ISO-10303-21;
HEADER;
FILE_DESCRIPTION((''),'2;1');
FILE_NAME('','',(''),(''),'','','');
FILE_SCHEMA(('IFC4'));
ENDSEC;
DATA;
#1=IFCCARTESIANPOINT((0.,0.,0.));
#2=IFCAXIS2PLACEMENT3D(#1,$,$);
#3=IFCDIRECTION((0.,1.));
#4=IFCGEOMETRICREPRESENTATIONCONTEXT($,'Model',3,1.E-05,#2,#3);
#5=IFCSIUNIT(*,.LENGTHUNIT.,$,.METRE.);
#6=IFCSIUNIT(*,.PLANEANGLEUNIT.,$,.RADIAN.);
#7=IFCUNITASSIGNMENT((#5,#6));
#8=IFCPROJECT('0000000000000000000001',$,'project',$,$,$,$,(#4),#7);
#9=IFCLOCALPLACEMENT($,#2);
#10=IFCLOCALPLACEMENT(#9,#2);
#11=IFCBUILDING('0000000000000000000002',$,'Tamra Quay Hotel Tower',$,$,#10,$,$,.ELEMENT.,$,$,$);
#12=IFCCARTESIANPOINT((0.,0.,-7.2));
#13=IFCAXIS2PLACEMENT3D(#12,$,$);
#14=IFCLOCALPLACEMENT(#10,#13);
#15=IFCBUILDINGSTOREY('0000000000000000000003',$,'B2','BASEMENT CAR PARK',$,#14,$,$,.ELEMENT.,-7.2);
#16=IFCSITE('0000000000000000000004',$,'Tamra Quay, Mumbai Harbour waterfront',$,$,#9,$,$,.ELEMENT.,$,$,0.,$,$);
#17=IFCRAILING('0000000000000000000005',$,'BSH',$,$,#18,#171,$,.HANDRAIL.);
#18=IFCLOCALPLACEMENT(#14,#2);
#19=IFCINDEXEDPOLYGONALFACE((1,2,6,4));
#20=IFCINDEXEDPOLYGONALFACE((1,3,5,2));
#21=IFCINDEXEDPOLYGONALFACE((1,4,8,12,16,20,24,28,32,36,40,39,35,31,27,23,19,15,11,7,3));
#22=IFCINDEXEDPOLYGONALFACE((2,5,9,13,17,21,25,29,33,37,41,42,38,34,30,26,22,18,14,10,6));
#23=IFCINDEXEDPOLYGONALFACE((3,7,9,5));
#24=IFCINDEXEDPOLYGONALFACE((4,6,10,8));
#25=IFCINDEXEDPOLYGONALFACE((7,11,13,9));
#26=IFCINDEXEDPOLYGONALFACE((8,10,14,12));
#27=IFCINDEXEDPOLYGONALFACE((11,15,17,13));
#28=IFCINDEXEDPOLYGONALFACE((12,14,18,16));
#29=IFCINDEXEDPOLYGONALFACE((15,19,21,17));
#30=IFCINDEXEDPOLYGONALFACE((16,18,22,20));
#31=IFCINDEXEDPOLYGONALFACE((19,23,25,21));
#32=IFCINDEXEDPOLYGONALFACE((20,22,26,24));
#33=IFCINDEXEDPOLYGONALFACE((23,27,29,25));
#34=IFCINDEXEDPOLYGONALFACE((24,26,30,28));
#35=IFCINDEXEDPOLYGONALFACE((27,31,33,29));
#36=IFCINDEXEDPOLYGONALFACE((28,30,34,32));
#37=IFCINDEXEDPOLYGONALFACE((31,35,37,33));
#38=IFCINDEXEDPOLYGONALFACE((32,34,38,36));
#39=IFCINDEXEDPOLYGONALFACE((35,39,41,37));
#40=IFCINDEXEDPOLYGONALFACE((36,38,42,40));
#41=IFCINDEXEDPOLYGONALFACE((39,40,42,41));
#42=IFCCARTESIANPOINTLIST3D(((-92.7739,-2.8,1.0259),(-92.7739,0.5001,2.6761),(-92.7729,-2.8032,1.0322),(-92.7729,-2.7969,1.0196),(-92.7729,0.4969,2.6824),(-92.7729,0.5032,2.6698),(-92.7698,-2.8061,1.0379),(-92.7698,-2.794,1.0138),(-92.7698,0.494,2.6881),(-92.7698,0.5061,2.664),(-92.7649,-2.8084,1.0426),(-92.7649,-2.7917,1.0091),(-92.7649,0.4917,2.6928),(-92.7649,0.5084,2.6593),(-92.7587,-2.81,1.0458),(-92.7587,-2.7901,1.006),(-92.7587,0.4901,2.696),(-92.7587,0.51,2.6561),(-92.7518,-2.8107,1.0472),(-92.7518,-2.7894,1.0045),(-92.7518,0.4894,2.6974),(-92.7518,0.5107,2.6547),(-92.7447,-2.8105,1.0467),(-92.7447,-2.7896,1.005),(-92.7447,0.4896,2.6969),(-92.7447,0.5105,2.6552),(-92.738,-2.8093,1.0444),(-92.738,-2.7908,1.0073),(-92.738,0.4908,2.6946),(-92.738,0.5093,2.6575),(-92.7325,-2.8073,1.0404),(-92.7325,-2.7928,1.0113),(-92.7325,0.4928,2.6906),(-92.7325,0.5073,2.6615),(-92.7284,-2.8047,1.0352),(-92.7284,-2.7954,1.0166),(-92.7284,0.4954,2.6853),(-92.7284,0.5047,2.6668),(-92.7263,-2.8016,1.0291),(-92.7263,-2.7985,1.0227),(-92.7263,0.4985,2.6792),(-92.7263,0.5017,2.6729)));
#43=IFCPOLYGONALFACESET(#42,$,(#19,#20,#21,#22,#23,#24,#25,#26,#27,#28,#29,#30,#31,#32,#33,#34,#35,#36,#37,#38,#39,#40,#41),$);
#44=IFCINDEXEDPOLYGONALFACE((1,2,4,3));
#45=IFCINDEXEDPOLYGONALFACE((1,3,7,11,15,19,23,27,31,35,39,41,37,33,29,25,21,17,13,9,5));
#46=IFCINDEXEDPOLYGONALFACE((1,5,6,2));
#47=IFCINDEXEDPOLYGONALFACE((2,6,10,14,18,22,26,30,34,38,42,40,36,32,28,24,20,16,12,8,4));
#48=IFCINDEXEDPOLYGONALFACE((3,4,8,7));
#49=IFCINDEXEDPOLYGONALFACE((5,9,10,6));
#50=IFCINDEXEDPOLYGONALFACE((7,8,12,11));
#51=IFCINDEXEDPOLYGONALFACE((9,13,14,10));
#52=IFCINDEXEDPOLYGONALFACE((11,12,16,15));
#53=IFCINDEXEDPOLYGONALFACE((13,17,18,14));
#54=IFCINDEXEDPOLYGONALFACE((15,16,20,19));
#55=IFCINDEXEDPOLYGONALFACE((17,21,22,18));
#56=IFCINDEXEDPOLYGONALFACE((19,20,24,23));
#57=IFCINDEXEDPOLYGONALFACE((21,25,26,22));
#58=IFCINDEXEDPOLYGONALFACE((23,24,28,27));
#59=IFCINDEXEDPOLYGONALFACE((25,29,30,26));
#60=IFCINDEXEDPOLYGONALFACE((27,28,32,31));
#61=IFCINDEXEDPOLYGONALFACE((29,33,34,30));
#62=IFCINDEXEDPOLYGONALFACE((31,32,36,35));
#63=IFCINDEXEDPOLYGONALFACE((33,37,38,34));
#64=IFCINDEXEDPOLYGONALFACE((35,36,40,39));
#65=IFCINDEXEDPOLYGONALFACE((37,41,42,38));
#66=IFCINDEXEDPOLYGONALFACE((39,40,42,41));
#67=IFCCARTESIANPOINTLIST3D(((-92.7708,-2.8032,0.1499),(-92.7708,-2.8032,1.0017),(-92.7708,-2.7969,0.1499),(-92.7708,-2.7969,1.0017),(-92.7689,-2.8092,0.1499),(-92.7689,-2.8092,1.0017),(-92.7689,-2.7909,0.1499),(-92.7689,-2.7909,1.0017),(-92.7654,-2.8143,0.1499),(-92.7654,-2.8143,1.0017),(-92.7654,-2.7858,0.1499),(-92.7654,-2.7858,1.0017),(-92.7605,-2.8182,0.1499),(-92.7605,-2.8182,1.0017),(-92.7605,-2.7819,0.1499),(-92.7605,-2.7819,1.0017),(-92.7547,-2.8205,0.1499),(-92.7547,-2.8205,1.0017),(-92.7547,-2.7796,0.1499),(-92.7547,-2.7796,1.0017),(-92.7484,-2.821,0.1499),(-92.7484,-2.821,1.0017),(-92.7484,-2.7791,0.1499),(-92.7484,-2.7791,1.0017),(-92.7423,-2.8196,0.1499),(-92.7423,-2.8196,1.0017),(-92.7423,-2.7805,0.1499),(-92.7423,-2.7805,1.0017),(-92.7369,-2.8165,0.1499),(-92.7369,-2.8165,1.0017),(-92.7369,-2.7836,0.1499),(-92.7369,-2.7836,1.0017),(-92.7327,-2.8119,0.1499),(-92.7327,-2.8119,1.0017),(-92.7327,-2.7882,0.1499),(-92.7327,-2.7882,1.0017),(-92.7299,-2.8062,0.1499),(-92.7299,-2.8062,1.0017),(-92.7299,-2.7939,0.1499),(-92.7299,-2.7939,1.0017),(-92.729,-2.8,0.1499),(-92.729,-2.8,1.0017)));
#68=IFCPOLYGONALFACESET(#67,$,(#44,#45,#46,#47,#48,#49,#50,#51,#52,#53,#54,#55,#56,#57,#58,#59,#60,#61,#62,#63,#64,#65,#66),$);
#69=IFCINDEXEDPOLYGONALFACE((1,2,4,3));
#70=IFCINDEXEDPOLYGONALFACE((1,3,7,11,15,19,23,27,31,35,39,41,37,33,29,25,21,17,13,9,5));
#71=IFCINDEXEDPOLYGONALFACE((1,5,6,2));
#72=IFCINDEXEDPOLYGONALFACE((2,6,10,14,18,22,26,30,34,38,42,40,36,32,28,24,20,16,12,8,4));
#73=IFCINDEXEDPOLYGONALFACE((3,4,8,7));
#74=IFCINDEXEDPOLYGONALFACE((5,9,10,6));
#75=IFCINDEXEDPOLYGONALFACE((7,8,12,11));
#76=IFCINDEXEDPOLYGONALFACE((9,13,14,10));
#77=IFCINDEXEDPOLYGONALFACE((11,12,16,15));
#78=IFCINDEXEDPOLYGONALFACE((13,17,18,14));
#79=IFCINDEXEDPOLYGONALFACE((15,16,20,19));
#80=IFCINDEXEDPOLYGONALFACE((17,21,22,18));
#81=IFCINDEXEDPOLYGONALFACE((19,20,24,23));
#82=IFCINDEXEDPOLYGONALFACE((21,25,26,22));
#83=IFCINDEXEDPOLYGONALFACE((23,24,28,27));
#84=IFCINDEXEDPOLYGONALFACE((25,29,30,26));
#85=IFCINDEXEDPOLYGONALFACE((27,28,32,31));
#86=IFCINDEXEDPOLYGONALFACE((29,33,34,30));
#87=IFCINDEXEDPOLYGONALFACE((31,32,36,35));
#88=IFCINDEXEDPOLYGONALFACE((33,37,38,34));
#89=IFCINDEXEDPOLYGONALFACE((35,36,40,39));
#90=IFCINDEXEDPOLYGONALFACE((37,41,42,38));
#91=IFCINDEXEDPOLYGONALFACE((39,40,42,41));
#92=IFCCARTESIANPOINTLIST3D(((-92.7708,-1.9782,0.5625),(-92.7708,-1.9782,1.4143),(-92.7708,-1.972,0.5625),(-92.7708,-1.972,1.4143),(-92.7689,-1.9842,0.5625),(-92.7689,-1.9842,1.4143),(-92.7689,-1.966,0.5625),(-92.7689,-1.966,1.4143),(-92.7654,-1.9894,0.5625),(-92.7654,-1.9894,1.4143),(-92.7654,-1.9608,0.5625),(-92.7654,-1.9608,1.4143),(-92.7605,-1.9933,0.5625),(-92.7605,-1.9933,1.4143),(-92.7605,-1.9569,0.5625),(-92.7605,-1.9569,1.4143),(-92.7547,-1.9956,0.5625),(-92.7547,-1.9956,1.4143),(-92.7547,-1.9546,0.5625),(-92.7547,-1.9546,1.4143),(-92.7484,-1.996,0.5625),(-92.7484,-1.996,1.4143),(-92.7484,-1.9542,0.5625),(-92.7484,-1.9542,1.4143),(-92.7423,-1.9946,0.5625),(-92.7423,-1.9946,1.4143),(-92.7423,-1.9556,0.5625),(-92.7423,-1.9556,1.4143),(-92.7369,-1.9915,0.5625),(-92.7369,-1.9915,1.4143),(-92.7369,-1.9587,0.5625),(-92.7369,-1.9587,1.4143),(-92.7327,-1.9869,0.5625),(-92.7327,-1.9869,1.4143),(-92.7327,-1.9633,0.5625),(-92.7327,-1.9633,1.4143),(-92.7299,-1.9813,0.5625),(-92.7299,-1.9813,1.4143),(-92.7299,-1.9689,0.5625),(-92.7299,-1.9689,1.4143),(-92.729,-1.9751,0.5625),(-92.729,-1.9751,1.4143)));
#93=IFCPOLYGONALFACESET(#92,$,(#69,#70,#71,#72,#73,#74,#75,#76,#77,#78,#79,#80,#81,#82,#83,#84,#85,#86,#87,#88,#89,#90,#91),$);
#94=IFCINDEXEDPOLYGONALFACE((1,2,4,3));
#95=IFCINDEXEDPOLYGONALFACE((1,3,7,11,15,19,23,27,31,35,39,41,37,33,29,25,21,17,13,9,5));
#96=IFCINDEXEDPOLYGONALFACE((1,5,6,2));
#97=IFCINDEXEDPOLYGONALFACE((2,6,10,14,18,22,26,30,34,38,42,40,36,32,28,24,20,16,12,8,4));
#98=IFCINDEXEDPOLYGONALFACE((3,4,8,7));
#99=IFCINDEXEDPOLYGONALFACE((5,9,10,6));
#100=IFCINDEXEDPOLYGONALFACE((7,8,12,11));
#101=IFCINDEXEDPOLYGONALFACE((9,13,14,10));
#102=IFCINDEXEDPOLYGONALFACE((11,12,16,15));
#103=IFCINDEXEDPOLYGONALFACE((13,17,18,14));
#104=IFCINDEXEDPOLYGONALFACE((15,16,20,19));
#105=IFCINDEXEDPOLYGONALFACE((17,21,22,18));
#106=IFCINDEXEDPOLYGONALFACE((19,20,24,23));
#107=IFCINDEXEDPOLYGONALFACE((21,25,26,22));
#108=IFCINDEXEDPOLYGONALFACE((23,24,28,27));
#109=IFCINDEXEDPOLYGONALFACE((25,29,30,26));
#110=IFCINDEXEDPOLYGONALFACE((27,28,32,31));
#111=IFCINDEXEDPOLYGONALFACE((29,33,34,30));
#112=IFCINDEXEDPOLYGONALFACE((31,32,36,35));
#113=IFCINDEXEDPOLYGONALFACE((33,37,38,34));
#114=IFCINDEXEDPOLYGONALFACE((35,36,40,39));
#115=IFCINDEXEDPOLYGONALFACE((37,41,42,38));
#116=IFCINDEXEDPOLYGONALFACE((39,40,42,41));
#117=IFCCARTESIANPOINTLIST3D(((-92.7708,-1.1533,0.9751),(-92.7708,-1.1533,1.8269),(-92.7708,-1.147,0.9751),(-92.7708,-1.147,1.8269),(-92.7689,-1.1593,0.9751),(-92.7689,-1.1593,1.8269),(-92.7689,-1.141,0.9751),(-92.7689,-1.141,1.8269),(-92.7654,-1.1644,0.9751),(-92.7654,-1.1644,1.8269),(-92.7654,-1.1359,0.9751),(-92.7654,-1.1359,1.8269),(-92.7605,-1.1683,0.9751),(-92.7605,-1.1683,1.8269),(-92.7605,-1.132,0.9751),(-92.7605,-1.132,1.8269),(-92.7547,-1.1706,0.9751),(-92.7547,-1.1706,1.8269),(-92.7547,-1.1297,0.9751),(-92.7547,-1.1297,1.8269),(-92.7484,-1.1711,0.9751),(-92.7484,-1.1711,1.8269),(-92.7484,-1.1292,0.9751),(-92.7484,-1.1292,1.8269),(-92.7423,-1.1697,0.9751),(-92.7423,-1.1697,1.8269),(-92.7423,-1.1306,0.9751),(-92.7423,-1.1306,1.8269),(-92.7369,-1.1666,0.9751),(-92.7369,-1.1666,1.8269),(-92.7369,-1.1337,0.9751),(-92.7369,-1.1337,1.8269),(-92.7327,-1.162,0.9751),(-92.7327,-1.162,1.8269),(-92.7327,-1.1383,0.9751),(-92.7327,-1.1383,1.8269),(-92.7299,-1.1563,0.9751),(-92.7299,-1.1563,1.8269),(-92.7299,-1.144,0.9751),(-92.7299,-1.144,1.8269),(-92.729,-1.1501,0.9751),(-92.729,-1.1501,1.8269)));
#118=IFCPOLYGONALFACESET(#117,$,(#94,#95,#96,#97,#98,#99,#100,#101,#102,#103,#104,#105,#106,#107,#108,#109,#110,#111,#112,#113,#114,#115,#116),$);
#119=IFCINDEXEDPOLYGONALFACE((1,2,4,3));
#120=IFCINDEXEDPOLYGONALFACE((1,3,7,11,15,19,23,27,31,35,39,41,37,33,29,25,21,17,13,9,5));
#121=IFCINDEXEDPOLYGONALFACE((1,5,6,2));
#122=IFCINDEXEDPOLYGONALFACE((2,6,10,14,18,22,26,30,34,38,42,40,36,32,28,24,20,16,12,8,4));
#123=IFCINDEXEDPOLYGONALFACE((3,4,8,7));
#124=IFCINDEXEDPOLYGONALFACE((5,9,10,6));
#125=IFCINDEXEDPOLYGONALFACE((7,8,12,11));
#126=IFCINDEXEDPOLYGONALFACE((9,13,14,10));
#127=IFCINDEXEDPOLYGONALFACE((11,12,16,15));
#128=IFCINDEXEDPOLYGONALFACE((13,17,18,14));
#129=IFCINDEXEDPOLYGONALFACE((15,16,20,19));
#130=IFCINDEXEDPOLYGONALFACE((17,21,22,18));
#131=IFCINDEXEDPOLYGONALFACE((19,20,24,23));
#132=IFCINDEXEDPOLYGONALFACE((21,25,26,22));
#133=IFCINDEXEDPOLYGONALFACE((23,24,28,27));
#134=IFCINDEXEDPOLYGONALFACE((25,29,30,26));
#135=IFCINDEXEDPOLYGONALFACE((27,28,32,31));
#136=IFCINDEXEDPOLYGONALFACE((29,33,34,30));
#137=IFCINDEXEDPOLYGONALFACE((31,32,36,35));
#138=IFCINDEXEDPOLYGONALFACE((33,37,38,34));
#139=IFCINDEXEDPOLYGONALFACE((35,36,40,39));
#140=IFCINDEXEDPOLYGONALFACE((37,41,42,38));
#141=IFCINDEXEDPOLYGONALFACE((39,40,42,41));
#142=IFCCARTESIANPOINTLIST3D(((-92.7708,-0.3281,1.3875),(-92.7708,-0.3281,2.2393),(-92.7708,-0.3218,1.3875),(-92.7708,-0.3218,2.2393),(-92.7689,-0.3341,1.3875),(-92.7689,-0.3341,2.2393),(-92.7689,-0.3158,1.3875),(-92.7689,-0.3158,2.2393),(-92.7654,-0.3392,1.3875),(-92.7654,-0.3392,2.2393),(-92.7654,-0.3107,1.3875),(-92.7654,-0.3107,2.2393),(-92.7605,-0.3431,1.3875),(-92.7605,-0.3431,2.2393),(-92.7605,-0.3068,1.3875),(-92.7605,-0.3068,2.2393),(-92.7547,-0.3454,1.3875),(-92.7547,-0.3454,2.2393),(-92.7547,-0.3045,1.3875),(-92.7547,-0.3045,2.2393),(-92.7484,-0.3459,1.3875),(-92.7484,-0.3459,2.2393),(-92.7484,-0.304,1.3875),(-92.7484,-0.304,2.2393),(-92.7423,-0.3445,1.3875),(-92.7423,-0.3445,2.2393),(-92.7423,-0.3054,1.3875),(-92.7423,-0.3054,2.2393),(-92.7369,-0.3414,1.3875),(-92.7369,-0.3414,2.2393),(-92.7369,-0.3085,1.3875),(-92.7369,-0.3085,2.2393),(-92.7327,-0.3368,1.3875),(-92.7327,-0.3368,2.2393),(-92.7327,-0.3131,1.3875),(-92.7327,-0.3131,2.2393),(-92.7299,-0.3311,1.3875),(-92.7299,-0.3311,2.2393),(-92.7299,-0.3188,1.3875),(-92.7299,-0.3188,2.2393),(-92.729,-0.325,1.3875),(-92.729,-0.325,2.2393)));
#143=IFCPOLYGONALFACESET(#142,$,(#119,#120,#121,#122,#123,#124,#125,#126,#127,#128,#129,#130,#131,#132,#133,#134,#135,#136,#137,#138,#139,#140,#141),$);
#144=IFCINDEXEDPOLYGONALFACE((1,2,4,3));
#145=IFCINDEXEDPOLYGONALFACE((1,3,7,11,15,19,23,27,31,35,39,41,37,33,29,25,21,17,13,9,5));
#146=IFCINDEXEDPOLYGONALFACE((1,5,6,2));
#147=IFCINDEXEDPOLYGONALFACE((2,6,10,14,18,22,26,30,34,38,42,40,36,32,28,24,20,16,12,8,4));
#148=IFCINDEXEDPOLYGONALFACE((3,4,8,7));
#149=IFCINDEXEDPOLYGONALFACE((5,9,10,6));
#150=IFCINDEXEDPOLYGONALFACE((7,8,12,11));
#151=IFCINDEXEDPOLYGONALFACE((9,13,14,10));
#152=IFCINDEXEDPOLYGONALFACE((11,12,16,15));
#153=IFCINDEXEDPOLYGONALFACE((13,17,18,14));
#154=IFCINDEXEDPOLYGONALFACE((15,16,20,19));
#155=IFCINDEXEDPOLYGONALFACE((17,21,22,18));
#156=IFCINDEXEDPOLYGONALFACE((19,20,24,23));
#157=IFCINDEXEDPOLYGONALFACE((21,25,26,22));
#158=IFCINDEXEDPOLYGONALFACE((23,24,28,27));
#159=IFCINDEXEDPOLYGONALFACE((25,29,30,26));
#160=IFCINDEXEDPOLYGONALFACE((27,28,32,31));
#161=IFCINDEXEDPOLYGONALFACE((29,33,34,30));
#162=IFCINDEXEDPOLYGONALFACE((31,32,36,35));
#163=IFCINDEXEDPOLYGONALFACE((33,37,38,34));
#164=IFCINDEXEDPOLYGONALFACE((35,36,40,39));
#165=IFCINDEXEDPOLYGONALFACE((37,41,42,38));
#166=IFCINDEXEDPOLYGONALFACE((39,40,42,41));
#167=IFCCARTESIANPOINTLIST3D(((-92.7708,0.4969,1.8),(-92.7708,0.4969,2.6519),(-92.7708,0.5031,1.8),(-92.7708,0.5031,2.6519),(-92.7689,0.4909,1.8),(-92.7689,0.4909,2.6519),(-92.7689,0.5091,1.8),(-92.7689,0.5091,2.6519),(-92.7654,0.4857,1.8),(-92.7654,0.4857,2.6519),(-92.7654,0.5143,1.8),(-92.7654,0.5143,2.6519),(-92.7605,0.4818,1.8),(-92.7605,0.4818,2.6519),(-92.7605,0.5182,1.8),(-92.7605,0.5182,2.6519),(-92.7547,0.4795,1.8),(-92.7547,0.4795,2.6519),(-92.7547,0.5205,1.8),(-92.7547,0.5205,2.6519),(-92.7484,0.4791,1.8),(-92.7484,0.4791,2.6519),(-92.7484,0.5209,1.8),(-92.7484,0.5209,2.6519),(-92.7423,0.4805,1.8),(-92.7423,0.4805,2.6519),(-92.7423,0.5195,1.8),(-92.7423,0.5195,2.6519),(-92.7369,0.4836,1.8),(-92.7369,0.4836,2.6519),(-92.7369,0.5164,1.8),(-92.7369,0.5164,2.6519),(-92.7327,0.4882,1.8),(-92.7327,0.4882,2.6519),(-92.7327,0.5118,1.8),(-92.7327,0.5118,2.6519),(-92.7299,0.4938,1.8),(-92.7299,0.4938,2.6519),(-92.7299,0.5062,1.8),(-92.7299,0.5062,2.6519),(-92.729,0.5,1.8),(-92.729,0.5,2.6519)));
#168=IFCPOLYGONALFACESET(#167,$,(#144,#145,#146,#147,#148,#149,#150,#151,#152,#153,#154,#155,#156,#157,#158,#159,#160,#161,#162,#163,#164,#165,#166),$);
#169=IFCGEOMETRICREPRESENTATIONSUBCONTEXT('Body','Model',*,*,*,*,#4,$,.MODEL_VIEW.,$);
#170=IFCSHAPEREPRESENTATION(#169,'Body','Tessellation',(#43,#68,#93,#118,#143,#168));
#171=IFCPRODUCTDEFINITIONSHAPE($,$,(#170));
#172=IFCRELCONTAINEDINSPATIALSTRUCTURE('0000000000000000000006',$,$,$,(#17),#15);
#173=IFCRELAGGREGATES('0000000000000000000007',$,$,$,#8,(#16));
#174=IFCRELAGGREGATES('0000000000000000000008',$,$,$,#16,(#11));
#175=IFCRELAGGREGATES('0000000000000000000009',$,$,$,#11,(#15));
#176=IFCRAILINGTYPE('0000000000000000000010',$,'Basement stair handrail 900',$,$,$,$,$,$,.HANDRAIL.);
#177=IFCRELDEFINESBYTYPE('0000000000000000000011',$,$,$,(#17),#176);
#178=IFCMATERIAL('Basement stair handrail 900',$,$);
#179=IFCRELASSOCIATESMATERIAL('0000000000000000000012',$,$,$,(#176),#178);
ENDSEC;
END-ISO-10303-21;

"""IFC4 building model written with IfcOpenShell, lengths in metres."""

from ifc_helpers import new_model, si_unit, direction, frame, origin, origin_2d, place, context, subcontext, project, spatial, circle, extrude, material, type_object, element, save


model = new_model("IFC4")

# Units and contexts
model_context = context("Model", 3, precision=1e-05, world=origin(), true_north=direction((0.0, 1.0)))
body_context = subcontext(model_context, "Body", "Model", "MODEL_VIEW")
ifc_project = project(units=[si_unit("LENGTHUNIT", "METRE"), si_unit("PLANEANGLEUNIT", "RADIAN")], contexts=[model_context])

# Site, building, storey
site_placement = place(None, origin())
site = spatial("IfcSite", under=ifc_project, at=site_placement, Name="Tamra Quay, Mumbai Harbour waterfront", CompositionType="ELEMENT", RefElevation=0.0)
building_placement = place(site_placement, origin())
building = spatial("IfcBuilding", under=site, at=building_placement, Name="Tamra Quay Hotel Tower", CompositionType="ELEMENT")
storey_placement = place(building_placement, frame((0.0, 0.0, -7.2)))
storey = spatial("IfcBuildingStorey", under=building, at=storey_placement, Name="B2", Description="BASEMENT CAR PARK", CompositionType="ELEMENT", Elevation=-7.2)

# Railing
ifc_material_1 = material(Name="Basement stair handrail 900")
railing_type_1 = type_object("IfcRailingType", Name="Basement stair handrail 900", PredefinedType="HANDRAIL", material=ifc_material_1)
railing_1_placement = place(storey_placement, frame((-92.75, -2.8, 0.1499)))
element("IfcRailing", 1, at=railing_1_placement, inside=storey, type_object=railing_type_1, Name="BSH", PredefinedType="HANDRAIL", context=body_context, shape_type="SweptSolid", body=[
    extrude(circle(Radius=0.0239, at=origin_2d()), frame((0.0, 0.0, 0.876), z_axis=(0.0, 0.894414, 0.44724), x_axis=(-1.0, 0.0, 0.0)), (0.0, 0.0, 1.0), 3.6897),
    extrude(circle(Radius=0.021, at=origin_2d()), origin(), (0.0, 0.0, 1.0), 0.8518),
    extrude(circle(Radius=0.021, at=origin_2d()), frame((0.0, 0.825, 0.4126)), (0.0, 0.0, 1.0), 0.8518),
    extrude(circle(Radius=0.021, at=origin_2d()), frame((0.0, 1.6499, 0.8252)), (0.0, 0.0, 1.0), 0.8518),
    extrude(circle(Radius=0.021, at=origin_2d()), frame((0.0, 2.4751, 1.2375)), (0.0, 0.0, 1.0), 0.8518),
    extrude(circle(Radius=0.021, at=origin_2d()), frame((0.0, 3.3, 1.6501)), (0.0, 0.0, 1.0), 0.8518),
])

save(model, "model.ifc")
